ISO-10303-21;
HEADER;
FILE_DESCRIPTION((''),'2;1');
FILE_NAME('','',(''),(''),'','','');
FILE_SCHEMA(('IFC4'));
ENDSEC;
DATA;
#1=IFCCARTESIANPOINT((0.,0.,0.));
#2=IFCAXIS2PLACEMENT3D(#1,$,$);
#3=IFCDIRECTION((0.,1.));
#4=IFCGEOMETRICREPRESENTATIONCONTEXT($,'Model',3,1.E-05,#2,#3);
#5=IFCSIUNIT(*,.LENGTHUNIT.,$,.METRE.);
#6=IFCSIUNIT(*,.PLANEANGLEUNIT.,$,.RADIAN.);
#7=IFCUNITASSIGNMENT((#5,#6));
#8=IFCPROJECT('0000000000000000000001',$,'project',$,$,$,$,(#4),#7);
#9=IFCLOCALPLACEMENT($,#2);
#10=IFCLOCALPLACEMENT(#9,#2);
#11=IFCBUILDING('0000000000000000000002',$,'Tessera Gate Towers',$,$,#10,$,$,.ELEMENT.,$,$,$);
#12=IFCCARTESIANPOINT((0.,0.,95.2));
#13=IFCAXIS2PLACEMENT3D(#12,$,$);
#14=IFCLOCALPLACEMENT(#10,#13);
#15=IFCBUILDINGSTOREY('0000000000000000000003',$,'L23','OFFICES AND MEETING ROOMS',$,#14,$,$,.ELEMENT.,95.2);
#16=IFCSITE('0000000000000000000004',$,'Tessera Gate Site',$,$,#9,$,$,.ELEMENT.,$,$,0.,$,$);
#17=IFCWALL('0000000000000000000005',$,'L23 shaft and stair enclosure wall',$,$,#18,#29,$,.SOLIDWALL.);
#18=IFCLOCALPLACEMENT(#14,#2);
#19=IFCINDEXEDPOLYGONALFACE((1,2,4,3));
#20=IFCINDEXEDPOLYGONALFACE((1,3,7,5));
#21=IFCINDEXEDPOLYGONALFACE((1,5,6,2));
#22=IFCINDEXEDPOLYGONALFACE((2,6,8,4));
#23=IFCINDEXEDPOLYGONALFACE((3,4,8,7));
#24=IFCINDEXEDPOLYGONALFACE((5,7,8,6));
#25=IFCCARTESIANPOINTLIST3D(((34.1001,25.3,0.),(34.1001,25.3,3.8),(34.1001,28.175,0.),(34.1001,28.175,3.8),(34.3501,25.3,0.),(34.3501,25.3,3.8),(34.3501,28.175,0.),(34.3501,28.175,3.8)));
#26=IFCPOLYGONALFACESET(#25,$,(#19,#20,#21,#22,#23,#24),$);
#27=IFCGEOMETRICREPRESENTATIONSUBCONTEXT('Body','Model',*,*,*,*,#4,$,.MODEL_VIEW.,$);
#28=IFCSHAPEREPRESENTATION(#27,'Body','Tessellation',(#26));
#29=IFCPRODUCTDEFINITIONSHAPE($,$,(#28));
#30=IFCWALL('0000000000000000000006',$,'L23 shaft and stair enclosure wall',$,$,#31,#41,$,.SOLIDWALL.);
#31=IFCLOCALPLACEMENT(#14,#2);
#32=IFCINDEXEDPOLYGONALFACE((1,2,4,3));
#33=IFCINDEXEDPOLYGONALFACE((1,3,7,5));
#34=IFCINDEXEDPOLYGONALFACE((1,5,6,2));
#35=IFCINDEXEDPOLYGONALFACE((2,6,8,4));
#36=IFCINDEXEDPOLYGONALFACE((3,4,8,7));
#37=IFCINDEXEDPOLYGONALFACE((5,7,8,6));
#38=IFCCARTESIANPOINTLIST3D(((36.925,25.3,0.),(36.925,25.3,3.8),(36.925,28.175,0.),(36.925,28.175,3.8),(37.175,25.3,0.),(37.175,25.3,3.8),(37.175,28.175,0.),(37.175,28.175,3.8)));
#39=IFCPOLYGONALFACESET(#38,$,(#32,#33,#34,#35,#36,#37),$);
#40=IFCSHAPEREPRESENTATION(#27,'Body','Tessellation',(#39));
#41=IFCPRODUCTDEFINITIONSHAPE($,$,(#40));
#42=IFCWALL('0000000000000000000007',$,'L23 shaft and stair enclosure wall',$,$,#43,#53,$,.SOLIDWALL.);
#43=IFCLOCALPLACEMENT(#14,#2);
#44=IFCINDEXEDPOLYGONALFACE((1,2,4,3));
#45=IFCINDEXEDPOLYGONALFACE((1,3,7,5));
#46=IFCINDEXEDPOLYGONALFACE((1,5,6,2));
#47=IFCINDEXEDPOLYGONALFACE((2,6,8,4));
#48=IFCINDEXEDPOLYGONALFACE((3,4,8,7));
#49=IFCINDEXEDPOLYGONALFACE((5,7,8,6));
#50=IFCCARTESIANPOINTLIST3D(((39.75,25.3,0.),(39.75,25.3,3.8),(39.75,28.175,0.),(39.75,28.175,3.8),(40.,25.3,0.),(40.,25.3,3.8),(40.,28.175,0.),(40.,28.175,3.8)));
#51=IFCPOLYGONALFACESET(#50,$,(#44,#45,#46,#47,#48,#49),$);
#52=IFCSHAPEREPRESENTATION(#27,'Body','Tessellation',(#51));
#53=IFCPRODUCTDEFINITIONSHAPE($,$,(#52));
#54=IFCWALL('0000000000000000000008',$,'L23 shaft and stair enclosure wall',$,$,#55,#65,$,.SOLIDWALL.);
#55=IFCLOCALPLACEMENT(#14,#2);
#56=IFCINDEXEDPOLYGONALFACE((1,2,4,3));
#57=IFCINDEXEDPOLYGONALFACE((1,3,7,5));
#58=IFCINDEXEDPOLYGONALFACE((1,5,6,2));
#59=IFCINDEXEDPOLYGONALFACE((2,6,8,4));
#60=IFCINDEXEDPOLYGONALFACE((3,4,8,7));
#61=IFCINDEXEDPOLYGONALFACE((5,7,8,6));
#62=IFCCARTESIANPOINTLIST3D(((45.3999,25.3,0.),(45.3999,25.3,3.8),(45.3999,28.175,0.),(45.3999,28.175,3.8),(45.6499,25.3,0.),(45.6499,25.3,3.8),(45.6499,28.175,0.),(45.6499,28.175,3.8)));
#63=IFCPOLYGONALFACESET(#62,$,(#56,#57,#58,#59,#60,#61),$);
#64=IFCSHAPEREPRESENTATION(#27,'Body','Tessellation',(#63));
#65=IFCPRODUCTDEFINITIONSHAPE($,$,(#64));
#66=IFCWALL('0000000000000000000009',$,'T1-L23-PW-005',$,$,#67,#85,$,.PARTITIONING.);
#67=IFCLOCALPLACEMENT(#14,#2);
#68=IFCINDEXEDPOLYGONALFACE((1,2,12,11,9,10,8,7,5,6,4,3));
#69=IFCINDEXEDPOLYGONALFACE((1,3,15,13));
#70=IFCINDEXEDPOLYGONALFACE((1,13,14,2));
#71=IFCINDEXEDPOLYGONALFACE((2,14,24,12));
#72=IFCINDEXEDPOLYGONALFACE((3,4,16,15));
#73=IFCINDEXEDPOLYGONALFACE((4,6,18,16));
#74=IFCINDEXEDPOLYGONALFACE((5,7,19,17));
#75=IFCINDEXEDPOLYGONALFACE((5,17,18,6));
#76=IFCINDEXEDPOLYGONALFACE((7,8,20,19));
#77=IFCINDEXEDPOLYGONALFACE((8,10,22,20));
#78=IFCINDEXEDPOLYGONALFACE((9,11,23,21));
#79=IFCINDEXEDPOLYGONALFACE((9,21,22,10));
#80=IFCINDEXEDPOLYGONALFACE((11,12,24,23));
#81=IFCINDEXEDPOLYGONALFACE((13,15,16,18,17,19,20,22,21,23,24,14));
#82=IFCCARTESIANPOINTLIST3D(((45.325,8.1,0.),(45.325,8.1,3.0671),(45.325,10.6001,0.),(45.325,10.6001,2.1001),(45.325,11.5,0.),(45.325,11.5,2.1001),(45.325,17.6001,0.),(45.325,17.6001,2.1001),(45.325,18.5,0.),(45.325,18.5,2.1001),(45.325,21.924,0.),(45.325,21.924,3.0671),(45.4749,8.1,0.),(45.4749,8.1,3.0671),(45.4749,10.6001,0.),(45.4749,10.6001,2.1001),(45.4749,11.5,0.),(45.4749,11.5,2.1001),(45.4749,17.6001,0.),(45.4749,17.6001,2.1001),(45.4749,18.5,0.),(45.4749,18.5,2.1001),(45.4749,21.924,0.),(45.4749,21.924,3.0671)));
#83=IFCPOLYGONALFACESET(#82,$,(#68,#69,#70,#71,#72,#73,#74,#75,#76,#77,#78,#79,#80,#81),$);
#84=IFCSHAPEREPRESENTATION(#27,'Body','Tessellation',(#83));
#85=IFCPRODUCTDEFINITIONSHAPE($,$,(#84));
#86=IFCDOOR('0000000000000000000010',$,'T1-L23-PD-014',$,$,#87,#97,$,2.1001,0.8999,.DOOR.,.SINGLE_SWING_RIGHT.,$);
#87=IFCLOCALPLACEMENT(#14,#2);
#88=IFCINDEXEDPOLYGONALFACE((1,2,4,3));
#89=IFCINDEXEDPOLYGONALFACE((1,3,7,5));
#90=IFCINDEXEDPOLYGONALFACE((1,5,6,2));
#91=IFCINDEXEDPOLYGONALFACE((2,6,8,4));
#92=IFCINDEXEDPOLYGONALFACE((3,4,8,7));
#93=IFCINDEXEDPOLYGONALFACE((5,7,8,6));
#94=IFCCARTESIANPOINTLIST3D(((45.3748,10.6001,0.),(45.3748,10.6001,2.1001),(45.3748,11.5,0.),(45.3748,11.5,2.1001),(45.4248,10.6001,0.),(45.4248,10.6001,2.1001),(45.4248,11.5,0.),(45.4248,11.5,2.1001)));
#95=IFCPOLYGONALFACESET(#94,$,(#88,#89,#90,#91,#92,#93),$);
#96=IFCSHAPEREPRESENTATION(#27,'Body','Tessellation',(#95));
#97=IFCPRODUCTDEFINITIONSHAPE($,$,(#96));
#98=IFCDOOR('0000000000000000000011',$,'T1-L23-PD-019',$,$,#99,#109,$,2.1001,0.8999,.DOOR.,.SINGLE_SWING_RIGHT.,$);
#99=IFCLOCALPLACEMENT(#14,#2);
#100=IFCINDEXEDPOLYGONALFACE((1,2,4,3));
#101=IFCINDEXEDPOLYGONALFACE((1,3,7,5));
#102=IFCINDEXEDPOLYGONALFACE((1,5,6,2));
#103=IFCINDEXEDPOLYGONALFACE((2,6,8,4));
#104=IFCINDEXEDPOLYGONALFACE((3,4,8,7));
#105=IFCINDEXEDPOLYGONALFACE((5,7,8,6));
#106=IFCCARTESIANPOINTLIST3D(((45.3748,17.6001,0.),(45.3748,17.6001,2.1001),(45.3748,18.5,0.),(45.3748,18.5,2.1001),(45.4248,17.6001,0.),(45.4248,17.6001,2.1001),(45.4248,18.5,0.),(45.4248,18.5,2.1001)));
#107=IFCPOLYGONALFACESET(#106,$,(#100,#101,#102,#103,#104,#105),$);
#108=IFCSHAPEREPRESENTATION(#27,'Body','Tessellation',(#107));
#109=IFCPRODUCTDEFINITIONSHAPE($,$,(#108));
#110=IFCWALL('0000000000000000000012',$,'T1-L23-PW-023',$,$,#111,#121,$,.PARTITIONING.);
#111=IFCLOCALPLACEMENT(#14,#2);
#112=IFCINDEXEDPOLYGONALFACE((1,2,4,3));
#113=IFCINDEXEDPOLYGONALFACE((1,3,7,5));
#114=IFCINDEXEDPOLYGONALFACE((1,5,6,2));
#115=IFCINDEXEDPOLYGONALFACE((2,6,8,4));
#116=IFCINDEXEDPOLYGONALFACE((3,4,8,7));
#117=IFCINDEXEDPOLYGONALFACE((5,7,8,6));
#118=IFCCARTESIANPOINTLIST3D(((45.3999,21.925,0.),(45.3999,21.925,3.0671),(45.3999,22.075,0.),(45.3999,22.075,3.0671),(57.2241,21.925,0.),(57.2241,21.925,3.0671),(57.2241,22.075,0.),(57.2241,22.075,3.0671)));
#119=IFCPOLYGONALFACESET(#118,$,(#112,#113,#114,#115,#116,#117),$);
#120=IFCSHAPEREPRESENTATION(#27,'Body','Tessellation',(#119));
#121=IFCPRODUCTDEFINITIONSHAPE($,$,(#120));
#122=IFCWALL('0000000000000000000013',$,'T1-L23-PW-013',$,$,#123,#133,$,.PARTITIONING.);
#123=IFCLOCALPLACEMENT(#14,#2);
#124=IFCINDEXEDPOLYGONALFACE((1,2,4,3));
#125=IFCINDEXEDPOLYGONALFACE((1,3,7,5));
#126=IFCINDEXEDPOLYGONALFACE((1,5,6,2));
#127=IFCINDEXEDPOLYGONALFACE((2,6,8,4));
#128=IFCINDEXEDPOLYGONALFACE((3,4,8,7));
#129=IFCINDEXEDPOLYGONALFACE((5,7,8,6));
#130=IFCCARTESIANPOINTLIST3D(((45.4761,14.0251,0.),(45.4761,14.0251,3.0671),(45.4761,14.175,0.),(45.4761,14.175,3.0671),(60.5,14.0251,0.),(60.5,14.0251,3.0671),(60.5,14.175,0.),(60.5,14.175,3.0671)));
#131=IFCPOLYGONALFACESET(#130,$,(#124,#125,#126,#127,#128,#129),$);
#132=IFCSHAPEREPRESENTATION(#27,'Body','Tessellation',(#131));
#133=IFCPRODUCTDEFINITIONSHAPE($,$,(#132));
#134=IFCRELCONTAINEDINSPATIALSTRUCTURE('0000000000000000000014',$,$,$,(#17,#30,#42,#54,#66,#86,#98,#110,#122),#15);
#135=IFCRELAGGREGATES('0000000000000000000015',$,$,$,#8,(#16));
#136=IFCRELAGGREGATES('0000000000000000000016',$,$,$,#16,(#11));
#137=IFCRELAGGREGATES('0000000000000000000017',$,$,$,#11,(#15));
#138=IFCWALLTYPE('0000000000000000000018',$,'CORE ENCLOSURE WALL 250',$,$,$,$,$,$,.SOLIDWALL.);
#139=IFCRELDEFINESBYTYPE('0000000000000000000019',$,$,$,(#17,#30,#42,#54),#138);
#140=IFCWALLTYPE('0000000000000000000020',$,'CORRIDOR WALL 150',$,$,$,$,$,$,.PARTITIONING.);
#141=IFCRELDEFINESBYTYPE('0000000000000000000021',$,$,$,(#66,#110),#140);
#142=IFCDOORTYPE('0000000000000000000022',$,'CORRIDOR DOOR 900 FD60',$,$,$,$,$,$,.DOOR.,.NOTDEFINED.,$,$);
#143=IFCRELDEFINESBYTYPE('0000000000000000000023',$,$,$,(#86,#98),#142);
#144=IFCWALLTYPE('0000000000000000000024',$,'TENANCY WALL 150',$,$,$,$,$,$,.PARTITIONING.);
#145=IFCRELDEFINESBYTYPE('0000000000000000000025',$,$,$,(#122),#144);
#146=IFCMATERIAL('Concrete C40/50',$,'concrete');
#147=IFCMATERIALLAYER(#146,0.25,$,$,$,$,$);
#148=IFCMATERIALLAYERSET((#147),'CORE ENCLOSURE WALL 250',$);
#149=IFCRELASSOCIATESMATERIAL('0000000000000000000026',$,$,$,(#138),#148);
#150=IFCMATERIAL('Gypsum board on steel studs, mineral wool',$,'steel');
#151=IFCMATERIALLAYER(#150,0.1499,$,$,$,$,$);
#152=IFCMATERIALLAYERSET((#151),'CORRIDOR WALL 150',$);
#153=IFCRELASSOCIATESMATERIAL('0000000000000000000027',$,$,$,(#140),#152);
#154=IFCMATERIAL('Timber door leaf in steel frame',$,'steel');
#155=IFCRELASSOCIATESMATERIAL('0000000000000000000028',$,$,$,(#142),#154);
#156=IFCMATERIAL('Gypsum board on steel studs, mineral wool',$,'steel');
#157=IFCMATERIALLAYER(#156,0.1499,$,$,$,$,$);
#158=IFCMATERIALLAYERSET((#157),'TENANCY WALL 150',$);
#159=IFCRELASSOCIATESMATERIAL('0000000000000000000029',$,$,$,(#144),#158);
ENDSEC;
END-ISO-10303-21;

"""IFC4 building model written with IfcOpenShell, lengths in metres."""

from ifc_helpers import new_model, si_unit, direction, frame, frame_2d, origin, place, context, subcontext, project, spatial, rectangle, extrude, source, transform, mapped, material, layer, layer_set, type_object, element, fill, save


model = new_model("IFC4")

# Units and contexts
model_context = context("Model", 3, precision=1e-05, world=origin(), true_north=direction((0.0, 1.0)))
body_context = subcontext(model_context, "Body", "Model", "MODEL_VIEW")
ifc_project = project(units=[si_unit("LENGTHUNIT", "METRE"), si_unit("PLANEANGLEUNIT", "RADIAN")], contexts=[model_context])

# Site, building, storey
site_placement = place(None, origin())
site = spatial("IfcSite", under=ifc_project, at=site_placement, Name="Tessera Gate Site", CompositionType="ELEMENT", RefElevation=0.0)
building_placement = place(site_placement, origin())
building = spatial("IfcBuilding", under=site, at=building_placement, Name="Tessera Gate Towers", CompositionType="ELEMENT")
storey_placement = place(building_placement, frame((0.0, 0.0, 95.2)))
storey = spatial("IfcBuildingStorey", under=building, at=storey_placement, Name="L23", Description="OFFICES AND MEETING ROOMS", CompositionType="ELEMENT", Elevation=95.2)

# Shared definitions
ifc_material_1 = material(Name="Concrete C40/50", Category="concrete")
ifc_layer_1 = layer(ifc_material_1, 0.25)
ifc_layer_set_1 = layer_set([ifc_layer_1], Name="CORE ENCLOSURE WALL 250")
wall_type_1 = type_object("IfcWallType", Name="CORE ENCLOSURE WALL 250", PredefinedType="SOLIDWALL", material=ifc_layer_set_1)

# Walls
for number, where, z_axis, x_axis, name in (
    (1, (34.2251, 25.3, 0.0), (0.0, 0.0, 1.0), (0.0, 1.0, 0.0), "L23 shaft and stair enclosure wall"),
    (2, (37.05, 25.3, 0.0), (0.0, 0.0, 1.0), (0.0, 1.0, 0.0), "L23 shaft and stair enclosure wall"),
    (3, (39.875, 25.3, 0.0), (0.0, 0.0, 1.0), (0.0, 1.0, 0.0), "L23 shaft and stair enclosure wall"),
    (4, (45.5249, 25.3, 0.0), (0.0, 0.0, 1.0), (0.0, 1.0, 0.0), "L23 shaft and stair enclosure wall"),
):
    element("IfcWall", number, at=place(storey_placement, frame(where, z_axis=z_axis, x_axis=x_axis)), inside=storey, type_object=wall_type_1, Name=name, PredefinedType="SOLIDWALL", context=body_context, shape_type="SweptSolid", body=[
        extrude(rectangle(XDim=2.875, YDim=0.25, at=frame_2d((1.4375, 0.0))), origin(), (0.0, 0.0, 1.0), 3.8),
    ])

# Wall, openings, doors
ifc_material_2 = material(Name="Gypsum board on steel studs, mineral wool", Category="steel")
ifc_layer_2 = layer(ifc_material_2, 0.1499)
ifc_layer_set_2 = layer_set([ifc_layer_2], Name="CORRIDOR WALL 150")
wall_type_2 = type_object("IfcWallType", Name="CORRIDOR WALL 150", PredefinedType="PARTITIONING", material=ifc_layer_set_2)
wall_1_placement = place(storey_placement, frame((45.3999, 21.9241, 0.0), z_axis=(0.0, 0.0, 1.0), x_axis=(0.0, -1.0, 0.0)))
wall_1 = element("IfcWall", 5, at=wall_1_placement, inside=storey, type_object=wall_type_2, Name="T1-L23-PW-005", PredefinedType="PARTITIONING", context=body_context, shape_type="SweptSolid", body=[
    extrude(rectangle(XDim=13.824, YDim=0.1499, at=frame_2d((6.9121, 0.0))), origin(), (0.0, 0.0, 1.0), 3.0671),
])
shared_shape_1 = source(origin(), body_context, "Body", "SweptSolid", [
    extrude(rectangle(XDim=0.8999, YDim=2.1001, at=frame_2d((0.45, 1.05))), frame((0.0, 0.085, 0.0), z_axis=(0.0, -1.0, 0.0), x_axis=(1.0, 0.0, 0.0)), (0.0, 0.0, 1.0), 0.1699),
])
opening_1_placement = place(wall_1_placement, frame((10.4241, 0.0, 0.0)))
opening_1 = element("IfcOpeningElement", 6, at=opening_1_placement, cuts=wall_1, PredefinedType="OPENING", context=body_context, shape_type="MappedRepresentation", body=[
    mapped(shared_shape_1, transform((0.0, 0.0, 0.0), scale=1.0)),
])
opening_2_placement = place(wall_1_placement, frame((3.4241, 0.0, 0.0)))
opening_2 = element("IfcOpeningElement", 7, at=opening_2_placement, cuts=wall_1, PredefinedType="OPENING", context=body_context, shape_type="MappedRepresentation", body=[
    mapped(shared_shape_1, transform((0.0, 0.0, 0.0), scale=1.0)),
])
ifc_material_3 = material(Name="Timber door leaf in steel frame", Category="steel")
door_type_1 = type_object("IfcDoorType", Name="CORRIDOR DOOR 900 FD60", OperationType="NOTDEFINED", PredefinedType="DOOR", material=ifc_material_3)
shared_shape_2 = source(origin(), body_context, "Body", "SweptSolid", [
    extrude(rectangle(XDim=0.8999, YDim=2.1001, at=frame_2d((0.45, 1.05))), frame((0.0, 0.0249, 0.0), z_axis=(0.0, -1.0, 0.0), x_axis=(1.0, 0.0, 0.0)), (0.0, 0.0, 1.0), 0.05),
])
door_1_placement = place(opening_1_placement, origin())
door_1 = element("IfcDoor", 8, at=door_1_placement, inside=storey, type_object=door_type_1, Name="T1-L23-PD-014", OperationType="SINGLE_SWING_RIGHT", OverallHeight=2.1001, OverallWidth=0.8999, PredefinedType="DOOR", context=body_context, shape_type="MappedRepresentation", body=[
    mapped(shared_shape_2, transform((0.0, 0.0, 0.0), scale=1.0)),
])
fill(opening_1, door_1)
door_2_placement = place(opening_2_placement, origin())
door_2 = element("IfcDoor", 9, at=door_2_placement, inside=storey, type_object=door_type_1, Name="T1-L23-PD-019", OperationType="SINGLE_SWING_RIGHT", OverallHeight=2.1001, OverallWidth=0.8999, PredefinedType="DOOR", context=body_context, shape_type="MappedRepresentation", body=[
    mapped(shared_shape_2, transform((0.0, 0.0, 0.0), scale=1.0)),
])
fill(opening_2, door_2)

# Walls
wall_2_placement = place(storey_placement, frame((45.3999, 22.0, 0.0), z_axis=(0.0, 0.0, 1.0), x_axis=(1.0, 0.0, 0.0)))
element("IfcWall", 10, at=wall_2_placement, inside=storey, type_object=wall_type_2, Name="T1-L23-PW-023", PredefinedType="PARTITIONING", context=body_context, shape_type="SweptSolid", body=[
    extrude(rectangle(XDim=11.8242, YDim=0.1499, at=frame_2d((5.9121, 0.0))), origin(), (0.0, 0.0, 1.0), 3.0671),
])
ifc_material_4 = material(Name="Gypsum board on steel studs, mineral wool", Category="steel")
ifc_layer_3 = layer(ifc_material_4, 0.1499)
ifc_layer_set_3 = layer_set([ifc_layer_3], Name="TENANCY WALL 150")
wall_type_3 = type_object("IfcWallType", Name="TENANCY WALL 150", PredefinedType="PARTITIONING", material=ifc_layer_set_3)
wall_3_placement = place(storey_placement, frame((45.4761, 14.1001, 0.0), z_axis=(0.0, 0.0, 1.0), x_axis=(1.0, 0.0, 0.0)))
element("IfcWall", 11, at=wall_3_placement, inside=storey, type_object=wall_type_3, Name="T1-L23-PW-013", PredefinedType="PARTITIONING", context=body_context, shape_type="SweptSolid", body=[
    extrude(rectangle(XDim=15.0239, YDim=0.1499, at=frame_2d((7.512, 0.0))), origin(), (0.0, 0.0, 1.0), 3.0671),
])

save(model, "model.ifc")
